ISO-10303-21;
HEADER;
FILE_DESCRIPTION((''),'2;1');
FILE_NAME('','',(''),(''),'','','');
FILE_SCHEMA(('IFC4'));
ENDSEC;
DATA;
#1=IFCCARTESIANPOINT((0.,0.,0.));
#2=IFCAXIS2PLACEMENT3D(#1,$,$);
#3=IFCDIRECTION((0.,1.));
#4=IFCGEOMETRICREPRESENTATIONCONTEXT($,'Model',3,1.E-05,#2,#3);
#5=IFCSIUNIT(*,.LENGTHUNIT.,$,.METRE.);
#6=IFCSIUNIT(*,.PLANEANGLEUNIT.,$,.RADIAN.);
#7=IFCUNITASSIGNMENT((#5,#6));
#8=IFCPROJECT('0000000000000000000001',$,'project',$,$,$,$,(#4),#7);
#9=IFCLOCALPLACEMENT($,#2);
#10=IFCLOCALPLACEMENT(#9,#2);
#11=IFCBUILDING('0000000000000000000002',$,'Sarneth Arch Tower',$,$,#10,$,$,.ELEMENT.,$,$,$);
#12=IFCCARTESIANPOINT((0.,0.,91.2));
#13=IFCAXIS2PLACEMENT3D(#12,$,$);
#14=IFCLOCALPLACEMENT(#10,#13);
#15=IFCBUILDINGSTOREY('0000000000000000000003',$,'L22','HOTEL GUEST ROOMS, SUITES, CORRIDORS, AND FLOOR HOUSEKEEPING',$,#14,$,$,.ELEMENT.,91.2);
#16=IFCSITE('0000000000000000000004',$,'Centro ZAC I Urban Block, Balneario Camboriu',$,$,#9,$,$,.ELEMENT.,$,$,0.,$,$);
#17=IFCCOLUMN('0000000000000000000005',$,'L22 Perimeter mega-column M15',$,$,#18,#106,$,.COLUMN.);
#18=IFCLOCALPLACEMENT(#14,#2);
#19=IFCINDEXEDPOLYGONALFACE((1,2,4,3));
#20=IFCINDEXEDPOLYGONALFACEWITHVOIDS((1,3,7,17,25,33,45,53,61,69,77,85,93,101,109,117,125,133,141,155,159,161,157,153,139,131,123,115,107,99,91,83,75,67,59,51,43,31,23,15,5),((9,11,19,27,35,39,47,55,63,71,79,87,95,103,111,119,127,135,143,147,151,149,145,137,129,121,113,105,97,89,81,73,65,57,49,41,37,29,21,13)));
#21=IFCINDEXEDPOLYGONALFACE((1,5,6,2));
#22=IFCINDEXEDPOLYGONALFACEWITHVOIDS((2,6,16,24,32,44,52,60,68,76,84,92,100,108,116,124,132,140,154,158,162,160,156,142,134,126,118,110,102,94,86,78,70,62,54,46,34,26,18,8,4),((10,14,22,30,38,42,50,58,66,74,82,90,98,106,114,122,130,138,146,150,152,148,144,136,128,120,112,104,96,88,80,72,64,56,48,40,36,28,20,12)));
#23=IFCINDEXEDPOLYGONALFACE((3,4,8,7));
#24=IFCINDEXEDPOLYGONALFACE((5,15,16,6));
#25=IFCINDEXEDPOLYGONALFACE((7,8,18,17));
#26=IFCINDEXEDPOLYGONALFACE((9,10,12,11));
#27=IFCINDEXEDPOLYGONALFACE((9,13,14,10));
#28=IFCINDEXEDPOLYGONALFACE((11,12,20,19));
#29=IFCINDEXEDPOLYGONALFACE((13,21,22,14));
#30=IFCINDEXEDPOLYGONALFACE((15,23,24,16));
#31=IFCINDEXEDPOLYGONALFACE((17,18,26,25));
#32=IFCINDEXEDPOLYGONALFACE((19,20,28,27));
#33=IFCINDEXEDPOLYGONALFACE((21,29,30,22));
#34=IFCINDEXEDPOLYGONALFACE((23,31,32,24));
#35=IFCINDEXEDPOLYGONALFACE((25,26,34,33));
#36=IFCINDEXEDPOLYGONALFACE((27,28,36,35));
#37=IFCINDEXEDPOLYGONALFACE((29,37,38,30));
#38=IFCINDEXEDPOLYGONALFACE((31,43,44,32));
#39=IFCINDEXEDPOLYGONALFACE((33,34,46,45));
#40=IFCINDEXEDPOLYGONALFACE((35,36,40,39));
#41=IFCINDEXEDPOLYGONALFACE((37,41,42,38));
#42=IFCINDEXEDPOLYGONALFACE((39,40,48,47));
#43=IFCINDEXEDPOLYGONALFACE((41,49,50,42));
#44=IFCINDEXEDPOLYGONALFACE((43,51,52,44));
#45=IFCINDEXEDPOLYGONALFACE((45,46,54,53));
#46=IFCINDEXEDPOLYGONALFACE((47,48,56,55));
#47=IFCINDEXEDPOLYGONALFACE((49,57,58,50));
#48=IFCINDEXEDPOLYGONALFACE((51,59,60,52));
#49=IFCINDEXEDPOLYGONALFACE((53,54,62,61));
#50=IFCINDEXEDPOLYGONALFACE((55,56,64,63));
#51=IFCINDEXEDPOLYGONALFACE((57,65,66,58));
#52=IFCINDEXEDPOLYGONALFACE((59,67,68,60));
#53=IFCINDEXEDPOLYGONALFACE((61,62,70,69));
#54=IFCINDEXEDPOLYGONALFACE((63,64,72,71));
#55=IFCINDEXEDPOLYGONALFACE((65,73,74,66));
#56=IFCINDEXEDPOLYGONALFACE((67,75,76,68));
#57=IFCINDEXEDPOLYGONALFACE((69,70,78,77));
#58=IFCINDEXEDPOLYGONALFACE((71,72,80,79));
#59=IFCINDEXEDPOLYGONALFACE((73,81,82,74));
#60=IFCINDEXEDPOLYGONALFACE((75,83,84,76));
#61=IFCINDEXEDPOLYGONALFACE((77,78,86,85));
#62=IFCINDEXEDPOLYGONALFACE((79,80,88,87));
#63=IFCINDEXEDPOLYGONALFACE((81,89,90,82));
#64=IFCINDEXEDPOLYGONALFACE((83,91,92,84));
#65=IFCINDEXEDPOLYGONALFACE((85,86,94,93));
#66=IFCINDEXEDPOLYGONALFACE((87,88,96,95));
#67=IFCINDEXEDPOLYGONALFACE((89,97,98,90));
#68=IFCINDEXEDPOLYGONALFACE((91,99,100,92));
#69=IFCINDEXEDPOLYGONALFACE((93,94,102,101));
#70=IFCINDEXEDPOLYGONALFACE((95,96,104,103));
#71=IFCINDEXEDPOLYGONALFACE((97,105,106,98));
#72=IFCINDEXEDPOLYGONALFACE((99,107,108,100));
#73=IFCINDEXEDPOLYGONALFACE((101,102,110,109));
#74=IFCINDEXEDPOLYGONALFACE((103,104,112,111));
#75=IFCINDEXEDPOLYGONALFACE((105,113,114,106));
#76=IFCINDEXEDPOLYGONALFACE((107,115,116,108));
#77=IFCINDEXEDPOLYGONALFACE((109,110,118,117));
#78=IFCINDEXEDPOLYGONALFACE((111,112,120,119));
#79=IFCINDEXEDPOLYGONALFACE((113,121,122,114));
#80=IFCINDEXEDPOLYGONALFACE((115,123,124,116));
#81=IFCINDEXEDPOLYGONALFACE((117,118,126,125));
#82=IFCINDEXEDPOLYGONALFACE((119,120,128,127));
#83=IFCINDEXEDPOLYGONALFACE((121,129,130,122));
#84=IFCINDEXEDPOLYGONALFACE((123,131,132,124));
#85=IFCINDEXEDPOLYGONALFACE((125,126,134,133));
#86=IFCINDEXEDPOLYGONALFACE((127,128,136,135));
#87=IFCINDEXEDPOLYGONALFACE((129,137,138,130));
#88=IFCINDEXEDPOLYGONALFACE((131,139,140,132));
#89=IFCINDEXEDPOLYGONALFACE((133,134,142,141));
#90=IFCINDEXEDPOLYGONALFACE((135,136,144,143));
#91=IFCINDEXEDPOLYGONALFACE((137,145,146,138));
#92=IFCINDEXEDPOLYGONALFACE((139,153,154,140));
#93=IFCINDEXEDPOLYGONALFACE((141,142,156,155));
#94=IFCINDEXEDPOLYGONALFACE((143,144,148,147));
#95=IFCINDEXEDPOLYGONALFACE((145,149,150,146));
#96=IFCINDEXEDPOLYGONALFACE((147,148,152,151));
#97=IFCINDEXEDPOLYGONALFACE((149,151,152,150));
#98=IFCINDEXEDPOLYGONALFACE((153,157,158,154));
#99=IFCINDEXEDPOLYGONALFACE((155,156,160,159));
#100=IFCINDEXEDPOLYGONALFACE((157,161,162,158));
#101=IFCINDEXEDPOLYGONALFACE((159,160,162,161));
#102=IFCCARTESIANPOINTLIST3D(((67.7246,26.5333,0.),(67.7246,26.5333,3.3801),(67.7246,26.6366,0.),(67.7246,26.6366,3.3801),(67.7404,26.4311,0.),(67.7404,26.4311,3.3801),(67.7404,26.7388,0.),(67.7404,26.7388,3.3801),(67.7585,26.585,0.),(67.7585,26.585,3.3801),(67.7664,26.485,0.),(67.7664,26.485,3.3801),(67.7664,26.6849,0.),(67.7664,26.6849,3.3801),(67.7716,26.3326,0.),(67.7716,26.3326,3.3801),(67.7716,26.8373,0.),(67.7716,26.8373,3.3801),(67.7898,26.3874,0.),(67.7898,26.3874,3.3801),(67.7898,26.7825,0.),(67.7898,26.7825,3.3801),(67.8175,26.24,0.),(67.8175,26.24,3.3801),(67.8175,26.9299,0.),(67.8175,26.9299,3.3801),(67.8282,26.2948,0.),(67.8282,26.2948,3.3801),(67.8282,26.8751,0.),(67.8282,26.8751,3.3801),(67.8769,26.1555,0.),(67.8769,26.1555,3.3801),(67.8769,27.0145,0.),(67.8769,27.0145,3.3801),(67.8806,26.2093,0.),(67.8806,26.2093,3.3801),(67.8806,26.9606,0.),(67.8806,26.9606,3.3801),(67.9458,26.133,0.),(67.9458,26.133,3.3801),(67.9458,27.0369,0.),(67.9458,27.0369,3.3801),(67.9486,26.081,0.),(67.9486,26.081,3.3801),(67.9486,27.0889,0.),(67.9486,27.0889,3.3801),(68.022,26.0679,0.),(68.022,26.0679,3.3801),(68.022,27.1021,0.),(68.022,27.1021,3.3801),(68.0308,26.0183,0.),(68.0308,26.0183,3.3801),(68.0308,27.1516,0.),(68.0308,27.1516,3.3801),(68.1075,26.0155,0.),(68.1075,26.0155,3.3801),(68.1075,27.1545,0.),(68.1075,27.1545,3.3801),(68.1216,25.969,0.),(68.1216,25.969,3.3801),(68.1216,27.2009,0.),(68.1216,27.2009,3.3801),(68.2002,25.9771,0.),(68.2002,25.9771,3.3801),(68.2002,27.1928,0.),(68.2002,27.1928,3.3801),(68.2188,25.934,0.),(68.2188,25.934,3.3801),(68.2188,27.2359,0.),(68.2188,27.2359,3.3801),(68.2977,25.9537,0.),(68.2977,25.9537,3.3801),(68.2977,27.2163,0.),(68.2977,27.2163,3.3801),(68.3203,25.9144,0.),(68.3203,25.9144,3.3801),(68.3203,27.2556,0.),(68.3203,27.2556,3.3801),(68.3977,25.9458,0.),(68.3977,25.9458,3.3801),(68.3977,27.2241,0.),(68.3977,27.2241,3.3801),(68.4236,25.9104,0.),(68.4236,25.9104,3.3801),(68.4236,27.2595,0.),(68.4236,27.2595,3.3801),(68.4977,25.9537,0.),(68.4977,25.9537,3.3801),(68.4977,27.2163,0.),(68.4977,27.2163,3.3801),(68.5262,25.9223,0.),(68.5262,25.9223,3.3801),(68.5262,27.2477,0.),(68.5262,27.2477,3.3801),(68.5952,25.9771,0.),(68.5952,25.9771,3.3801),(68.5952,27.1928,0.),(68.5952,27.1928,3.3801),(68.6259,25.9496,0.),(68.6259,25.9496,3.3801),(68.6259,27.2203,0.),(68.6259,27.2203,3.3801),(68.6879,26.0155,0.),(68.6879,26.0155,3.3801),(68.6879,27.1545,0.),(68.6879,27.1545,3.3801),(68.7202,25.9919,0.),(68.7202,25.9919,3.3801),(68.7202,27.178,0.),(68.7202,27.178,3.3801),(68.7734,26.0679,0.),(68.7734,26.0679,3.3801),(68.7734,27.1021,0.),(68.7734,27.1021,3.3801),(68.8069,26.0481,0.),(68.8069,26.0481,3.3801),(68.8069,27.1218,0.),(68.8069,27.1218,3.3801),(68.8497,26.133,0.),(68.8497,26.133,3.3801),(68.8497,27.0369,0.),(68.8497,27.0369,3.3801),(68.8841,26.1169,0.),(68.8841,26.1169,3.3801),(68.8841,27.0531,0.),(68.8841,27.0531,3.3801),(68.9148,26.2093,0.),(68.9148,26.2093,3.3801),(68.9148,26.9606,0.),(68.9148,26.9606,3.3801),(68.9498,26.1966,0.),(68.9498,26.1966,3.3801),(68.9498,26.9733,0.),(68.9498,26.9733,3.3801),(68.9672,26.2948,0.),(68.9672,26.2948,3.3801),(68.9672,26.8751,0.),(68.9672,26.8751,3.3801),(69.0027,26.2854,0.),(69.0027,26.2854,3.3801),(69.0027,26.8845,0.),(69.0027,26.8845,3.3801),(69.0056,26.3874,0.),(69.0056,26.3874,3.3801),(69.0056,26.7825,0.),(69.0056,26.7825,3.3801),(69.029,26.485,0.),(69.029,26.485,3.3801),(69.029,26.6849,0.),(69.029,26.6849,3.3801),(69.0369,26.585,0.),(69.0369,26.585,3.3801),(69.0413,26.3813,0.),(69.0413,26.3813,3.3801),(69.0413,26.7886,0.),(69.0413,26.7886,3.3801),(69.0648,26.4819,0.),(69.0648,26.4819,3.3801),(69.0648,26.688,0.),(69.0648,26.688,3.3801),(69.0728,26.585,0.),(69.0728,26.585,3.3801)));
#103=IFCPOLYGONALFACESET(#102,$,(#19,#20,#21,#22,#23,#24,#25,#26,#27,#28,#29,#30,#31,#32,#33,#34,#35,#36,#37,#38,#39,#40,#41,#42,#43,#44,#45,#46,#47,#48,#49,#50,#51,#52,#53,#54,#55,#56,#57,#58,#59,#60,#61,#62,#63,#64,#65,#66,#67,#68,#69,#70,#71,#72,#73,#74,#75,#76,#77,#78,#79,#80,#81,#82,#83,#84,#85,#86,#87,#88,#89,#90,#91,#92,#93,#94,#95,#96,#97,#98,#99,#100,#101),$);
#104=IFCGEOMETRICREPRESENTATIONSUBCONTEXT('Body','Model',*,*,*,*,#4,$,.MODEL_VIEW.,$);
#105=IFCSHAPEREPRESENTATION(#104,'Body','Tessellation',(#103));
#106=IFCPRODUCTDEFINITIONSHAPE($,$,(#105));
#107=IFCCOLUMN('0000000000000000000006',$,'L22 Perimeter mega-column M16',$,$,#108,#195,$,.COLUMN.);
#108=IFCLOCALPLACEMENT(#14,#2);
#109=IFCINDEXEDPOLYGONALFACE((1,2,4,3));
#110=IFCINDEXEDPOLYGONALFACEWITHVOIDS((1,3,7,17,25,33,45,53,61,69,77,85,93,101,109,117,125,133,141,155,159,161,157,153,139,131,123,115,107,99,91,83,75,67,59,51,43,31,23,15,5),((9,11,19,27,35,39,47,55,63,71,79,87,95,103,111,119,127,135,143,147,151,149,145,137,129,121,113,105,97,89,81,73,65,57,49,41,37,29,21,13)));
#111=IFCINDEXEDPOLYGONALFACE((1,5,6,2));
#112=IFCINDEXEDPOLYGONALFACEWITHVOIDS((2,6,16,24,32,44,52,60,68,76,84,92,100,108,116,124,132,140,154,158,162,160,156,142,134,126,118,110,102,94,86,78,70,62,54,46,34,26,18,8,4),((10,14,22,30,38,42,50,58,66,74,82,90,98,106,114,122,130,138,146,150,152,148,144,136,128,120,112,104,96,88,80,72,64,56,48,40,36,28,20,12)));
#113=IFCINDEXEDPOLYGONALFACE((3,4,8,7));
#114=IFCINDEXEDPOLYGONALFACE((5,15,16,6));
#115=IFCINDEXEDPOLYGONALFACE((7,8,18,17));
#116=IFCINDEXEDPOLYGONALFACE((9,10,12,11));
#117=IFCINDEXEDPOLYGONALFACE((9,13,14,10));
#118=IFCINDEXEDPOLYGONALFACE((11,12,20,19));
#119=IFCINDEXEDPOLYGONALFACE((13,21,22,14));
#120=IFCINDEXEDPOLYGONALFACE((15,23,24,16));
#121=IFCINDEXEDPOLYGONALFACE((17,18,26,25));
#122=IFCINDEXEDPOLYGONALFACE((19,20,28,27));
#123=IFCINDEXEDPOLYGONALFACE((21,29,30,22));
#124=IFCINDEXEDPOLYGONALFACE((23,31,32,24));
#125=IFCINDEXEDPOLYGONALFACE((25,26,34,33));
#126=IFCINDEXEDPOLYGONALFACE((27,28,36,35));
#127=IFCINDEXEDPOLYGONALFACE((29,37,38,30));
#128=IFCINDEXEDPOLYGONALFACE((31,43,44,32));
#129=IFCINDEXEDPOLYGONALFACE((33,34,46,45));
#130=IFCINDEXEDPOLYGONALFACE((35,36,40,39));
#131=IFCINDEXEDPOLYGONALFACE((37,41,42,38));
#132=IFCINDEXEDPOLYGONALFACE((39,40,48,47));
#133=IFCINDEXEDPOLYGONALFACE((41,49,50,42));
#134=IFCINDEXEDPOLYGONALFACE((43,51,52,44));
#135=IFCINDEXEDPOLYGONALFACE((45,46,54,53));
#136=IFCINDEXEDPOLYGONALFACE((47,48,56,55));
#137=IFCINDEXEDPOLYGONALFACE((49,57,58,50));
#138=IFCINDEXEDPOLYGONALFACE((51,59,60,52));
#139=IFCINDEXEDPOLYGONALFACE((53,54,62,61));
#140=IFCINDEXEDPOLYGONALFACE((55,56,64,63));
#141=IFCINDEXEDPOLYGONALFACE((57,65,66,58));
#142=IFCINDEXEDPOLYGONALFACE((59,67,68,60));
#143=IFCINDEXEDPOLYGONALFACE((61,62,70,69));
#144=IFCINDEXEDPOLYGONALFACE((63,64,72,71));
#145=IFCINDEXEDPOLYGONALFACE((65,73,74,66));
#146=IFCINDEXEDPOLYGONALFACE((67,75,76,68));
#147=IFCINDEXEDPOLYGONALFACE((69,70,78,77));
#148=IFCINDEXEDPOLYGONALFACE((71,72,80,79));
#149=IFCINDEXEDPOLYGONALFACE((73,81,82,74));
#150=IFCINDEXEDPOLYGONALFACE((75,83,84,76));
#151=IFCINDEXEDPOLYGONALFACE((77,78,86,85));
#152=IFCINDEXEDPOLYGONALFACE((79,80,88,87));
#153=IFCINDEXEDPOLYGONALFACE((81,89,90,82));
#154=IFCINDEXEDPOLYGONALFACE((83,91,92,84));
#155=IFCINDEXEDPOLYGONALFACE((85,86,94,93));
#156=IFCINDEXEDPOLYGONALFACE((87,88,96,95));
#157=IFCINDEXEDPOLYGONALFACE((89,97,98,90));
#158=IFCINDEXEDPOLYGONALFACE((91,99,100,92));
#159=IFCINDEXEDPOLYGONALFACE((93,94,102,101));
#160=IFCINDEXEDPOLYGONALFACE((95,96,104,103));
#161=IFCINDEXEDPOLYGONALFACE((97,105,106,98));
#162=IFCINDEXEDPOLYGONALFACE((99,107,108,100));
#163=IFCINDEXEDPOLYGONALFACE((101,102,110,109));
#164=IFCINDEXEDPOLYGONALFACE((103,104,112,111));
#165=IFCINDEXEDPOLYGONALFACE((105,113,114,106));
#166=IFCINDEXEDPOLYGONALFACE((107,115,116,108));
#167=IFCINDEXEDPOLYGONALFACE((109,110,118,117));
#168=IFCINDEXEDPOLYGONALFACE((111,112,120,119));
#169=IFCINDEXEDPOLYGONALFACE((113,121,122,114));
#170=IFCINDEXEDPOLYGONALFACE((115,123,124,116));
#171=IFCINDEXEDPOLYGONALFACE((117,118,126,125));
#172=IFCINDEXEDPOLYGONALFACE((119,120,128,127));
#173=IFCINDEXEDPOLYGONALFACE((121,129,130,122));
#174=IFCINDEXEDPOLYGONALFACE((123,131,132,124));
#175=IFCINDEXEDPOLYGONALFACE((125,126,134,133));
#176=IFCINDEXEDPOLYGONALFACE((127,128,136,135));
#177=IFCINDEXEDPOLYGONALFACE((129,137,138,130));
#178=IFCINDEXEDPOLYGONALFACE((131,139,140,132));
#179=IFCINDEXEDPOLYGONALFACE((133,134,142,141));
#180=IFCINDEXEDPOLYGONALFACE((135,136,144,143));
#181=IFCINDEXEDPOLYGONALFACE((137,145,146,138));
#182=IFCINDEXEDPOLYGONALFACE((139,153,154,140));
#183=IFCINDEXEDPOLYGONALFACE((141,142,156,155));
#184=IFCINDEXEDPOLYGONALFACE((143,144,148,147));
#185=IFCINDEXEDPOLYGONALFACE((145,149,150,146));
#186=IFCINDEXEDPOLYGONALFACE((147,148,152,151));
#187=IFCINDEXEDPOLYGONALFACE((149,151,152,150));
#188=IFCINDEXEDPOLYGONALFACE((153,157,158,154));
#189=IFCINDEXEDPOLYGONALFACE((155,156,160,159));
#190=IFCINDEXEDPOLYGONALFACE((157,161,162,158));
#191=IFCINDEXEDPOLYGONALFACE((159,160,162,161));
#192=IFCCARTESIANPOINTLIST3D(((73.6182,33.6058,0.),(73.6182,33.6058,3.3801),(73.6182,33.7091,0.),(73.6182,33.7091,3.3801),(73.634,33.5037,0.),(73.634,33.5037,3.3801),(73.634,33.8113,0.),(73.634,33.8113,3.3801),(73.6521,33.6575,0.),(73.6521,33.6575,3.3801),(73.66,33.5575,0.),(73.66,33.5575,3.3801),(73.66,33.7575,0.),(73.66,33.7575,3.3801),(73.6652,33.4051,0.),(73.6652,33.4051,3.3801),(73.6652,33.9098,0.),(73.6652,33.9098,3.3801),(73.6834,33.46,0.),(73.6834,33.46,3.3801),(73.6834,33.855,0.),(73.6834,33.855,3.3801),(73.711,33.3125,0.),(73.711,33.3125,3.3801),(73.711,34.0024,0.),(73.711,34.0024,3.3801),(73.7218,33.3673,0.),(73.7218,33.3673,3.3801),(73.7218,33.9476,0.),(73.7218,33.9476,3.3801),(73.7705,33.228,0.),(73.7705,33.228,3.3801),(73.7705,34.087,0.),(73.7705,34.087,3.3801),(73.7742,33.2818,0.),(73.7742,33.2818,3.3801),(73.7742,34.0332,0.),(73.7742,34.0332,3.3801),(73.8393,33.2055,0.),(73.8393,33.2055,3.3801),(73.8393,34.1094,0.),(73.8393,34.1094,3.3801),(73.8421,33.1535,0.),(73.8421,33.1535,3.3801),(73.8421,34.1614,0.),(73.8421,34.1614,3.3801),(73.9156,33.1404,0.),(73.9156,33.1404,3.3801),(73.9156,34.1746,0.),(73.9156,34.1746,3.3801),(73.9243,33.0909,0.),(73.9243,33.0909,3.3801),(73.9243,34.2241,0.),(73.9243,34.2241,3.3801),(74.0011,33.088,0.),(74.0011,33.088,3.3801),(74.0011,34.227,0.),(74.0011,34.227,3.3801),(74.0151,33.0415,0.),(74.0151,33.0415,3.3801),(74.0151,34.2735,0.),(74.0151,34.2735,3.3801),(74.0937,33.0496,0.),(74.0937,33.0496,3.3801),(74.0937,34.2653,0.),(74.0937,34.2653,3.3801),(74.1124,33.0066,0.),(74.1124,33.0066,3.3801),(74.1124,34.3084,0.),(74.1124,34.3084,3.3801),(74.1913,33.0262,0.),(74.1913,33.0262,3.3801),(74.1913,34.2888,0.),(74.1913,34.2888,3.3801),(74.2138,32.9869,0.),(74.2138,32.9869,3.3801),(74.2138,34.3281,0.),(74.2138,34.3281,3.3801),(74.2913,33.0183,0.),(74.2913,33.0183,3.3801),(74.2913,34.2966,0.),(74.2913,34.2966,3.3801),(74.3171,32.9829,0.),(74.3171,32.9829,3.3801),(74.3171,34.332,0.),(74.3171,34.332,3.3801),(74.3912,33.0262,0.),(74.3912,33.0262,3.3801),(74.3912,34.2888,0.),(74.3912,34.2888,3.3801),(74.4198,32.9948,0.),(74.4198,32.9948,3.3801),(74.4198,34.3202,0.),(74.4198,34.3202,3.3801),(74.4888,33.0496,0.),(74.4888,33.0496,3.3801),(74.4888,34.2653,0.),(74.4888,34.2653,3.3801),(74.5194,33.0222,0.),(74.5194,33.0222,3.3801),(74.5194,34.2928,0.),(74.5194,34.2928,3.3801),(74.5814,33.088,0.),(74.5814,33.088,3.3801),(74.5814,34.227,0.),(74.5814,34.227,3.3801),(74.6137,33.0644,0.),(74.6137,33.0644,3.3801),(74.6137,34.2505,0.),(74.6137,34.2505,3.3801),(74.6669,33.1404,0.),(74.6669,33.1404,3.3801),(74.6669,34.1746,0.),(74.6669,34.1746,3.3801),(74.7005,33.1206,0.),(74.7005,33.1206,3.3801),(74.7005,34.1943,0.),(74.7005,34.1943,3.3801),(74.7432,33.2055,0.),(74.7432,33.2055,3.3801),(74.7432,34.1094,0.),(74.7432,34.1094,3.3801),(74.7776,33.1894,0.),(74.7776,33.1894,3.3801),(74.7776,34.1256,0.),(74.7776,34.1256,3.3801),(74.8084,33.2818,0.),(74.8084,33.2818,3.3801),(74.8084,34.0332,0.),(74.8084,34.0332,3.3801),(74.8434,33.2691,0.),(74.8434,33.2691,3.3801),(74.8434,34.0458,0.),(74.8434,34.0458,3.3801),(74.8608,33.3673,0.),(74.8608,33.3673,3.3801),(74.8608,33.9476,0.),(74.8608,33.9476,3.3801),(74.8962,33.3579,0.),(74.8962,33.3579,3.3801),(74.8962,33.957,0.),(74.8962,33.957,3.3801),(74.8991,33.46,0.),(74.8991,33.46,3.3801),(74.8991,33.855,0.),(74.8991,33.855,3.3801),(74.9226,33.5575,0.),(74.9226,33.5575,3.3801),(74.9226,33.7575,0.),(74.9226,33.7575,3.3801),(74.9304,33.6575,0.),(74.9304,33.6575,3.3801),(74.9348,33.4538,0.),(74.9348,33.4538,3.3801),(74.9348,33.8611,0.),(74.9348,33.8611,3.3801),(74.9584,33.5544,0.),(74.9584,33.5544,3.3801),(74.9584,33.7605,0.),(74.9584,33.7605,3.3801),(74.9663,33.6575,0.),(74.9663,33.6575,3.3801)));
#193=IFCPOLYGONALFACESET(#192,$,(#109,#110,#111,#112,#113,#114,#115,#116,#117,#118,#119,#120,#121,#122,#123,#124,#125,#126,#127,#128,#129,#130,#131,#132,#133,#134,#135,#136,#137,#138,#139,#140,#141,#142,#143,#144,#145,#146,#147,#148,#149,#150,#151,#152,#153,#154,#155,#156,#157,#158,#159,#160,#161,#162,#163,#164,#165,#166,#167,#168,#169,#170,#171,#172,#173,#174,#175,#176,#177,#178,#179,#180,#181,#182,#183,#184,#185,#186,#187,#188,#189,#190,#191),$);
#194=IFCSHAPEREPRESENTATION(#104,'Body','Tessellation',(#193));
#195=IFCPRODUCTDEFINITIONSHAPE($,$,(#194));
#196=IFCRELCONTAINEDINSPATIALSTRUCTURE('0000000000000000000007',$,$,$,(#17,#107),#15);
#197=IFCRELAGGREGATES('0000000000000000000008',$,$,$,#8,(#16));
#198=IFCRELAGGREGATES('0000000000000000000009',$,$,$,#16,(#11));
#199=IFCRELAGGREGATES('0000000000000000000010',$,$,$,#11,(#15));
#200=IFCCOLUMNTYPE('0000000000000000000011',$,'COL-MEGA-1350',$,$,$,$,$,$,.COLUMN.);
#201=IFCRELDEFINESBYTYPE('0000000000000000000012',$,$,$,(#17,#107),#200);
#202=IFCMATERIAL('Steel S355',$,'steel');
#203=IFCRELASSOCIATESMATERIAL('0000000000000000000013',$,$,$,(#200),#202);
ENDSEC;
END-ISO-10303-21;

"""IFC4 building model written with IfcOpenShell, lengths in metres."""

from ifc_helpers import new_model, si_unit, direction, frame, origin, origin_2d, place, context, subcontext, project, spatial, hollow_circle, extrude, material, material_profile, profile_set, type_object, element, save


model = new_model("IFC4")

# Units and contexts
model_context = context("Model", 3, precision=1e-05, world=origin(), true_north=direction((0.0, 1.0)))
body_context = subcontext(model_context, "Body", "Model", "MODEL_VIEW")
ifc_project = project(units=[si_unit("LENGTHUNIT", "METRE"), si_unit("PLANEANGLEUNIT", "RADIAN")], contexts=[model_context])

# Site, building, storey
site_placement = place(None, origin())
site = spatial("IfcSite", under=ifc_project, at=site_placement, Name="Centro ZAC I Urban Block, Balneario Camboriu", CompositionType="ELEMENT", RefElevation=0.0)
building_placement = place(site_placement, origin())
building = spatial("IfcBuilding", under=site, at=building_placement, Name="Sarneth Arch Tower", CompositionType="ELEMENT")
storey_placement = place(building_placement, frame((0.0, 0.0, 91.2)))
storey = spatial("IfcBuildingStorey", under=building, at=storey_placement, Name="L22", Description="HOTEL GUEST ROOMS, SUITES, CORRIDORS, AND FLOOR HOUSEKEEPING", CompositionType="ELEMENT", Elevation=91.2)

# Columns
ifc_material_1 = material(Name="Steel S355", Category="steel")
ifc_material_profile_1 = material_profile(ifc_material_1, hollow_circle(Radius=0.675, WallThickness=0.0359, at=origin_2d()), Name="CHS1350x36")
ifc_profile_set_1 = profile_set([ifc_material_profile_1], Name="Steel S355")
column_type = type_object("IfcColumnType", Name="COL-MEGA-1350", PredefinedType="COLUMN", material=ifc_profile_set_1)
for number, where, z_axis, x_axis, name in (
    (1, (68.3977, 26.585, 0.0), (0.0, 0.0, 1.0), (1.0, 0.0, 0.0), "L22 Perimeter mega-column M15"),
    (2, (74.2913, 33.6575, 0.0), (0.0, 0.0, 1.0), (1.0, 0.0, 0.0), "L22 Perimeter mega-column M16"),
):
    element("IfcColumn", number, at=place(storey_placement, frame(where, z_axis=z_axis, x_axis=x_axis)), inside=storey, type_object=column_type, Name=name, PredefinedType="COLUMN", context=body_context, shape_type="SweptSolid", body=[
        extrude(hollow_circle(Radius=0.675, WallThickness=0.0359, at=origin_2d()), origin(), (0.0, 0.0, 1.0), 3.3801),
    ])

save(model, "model.ifc")
